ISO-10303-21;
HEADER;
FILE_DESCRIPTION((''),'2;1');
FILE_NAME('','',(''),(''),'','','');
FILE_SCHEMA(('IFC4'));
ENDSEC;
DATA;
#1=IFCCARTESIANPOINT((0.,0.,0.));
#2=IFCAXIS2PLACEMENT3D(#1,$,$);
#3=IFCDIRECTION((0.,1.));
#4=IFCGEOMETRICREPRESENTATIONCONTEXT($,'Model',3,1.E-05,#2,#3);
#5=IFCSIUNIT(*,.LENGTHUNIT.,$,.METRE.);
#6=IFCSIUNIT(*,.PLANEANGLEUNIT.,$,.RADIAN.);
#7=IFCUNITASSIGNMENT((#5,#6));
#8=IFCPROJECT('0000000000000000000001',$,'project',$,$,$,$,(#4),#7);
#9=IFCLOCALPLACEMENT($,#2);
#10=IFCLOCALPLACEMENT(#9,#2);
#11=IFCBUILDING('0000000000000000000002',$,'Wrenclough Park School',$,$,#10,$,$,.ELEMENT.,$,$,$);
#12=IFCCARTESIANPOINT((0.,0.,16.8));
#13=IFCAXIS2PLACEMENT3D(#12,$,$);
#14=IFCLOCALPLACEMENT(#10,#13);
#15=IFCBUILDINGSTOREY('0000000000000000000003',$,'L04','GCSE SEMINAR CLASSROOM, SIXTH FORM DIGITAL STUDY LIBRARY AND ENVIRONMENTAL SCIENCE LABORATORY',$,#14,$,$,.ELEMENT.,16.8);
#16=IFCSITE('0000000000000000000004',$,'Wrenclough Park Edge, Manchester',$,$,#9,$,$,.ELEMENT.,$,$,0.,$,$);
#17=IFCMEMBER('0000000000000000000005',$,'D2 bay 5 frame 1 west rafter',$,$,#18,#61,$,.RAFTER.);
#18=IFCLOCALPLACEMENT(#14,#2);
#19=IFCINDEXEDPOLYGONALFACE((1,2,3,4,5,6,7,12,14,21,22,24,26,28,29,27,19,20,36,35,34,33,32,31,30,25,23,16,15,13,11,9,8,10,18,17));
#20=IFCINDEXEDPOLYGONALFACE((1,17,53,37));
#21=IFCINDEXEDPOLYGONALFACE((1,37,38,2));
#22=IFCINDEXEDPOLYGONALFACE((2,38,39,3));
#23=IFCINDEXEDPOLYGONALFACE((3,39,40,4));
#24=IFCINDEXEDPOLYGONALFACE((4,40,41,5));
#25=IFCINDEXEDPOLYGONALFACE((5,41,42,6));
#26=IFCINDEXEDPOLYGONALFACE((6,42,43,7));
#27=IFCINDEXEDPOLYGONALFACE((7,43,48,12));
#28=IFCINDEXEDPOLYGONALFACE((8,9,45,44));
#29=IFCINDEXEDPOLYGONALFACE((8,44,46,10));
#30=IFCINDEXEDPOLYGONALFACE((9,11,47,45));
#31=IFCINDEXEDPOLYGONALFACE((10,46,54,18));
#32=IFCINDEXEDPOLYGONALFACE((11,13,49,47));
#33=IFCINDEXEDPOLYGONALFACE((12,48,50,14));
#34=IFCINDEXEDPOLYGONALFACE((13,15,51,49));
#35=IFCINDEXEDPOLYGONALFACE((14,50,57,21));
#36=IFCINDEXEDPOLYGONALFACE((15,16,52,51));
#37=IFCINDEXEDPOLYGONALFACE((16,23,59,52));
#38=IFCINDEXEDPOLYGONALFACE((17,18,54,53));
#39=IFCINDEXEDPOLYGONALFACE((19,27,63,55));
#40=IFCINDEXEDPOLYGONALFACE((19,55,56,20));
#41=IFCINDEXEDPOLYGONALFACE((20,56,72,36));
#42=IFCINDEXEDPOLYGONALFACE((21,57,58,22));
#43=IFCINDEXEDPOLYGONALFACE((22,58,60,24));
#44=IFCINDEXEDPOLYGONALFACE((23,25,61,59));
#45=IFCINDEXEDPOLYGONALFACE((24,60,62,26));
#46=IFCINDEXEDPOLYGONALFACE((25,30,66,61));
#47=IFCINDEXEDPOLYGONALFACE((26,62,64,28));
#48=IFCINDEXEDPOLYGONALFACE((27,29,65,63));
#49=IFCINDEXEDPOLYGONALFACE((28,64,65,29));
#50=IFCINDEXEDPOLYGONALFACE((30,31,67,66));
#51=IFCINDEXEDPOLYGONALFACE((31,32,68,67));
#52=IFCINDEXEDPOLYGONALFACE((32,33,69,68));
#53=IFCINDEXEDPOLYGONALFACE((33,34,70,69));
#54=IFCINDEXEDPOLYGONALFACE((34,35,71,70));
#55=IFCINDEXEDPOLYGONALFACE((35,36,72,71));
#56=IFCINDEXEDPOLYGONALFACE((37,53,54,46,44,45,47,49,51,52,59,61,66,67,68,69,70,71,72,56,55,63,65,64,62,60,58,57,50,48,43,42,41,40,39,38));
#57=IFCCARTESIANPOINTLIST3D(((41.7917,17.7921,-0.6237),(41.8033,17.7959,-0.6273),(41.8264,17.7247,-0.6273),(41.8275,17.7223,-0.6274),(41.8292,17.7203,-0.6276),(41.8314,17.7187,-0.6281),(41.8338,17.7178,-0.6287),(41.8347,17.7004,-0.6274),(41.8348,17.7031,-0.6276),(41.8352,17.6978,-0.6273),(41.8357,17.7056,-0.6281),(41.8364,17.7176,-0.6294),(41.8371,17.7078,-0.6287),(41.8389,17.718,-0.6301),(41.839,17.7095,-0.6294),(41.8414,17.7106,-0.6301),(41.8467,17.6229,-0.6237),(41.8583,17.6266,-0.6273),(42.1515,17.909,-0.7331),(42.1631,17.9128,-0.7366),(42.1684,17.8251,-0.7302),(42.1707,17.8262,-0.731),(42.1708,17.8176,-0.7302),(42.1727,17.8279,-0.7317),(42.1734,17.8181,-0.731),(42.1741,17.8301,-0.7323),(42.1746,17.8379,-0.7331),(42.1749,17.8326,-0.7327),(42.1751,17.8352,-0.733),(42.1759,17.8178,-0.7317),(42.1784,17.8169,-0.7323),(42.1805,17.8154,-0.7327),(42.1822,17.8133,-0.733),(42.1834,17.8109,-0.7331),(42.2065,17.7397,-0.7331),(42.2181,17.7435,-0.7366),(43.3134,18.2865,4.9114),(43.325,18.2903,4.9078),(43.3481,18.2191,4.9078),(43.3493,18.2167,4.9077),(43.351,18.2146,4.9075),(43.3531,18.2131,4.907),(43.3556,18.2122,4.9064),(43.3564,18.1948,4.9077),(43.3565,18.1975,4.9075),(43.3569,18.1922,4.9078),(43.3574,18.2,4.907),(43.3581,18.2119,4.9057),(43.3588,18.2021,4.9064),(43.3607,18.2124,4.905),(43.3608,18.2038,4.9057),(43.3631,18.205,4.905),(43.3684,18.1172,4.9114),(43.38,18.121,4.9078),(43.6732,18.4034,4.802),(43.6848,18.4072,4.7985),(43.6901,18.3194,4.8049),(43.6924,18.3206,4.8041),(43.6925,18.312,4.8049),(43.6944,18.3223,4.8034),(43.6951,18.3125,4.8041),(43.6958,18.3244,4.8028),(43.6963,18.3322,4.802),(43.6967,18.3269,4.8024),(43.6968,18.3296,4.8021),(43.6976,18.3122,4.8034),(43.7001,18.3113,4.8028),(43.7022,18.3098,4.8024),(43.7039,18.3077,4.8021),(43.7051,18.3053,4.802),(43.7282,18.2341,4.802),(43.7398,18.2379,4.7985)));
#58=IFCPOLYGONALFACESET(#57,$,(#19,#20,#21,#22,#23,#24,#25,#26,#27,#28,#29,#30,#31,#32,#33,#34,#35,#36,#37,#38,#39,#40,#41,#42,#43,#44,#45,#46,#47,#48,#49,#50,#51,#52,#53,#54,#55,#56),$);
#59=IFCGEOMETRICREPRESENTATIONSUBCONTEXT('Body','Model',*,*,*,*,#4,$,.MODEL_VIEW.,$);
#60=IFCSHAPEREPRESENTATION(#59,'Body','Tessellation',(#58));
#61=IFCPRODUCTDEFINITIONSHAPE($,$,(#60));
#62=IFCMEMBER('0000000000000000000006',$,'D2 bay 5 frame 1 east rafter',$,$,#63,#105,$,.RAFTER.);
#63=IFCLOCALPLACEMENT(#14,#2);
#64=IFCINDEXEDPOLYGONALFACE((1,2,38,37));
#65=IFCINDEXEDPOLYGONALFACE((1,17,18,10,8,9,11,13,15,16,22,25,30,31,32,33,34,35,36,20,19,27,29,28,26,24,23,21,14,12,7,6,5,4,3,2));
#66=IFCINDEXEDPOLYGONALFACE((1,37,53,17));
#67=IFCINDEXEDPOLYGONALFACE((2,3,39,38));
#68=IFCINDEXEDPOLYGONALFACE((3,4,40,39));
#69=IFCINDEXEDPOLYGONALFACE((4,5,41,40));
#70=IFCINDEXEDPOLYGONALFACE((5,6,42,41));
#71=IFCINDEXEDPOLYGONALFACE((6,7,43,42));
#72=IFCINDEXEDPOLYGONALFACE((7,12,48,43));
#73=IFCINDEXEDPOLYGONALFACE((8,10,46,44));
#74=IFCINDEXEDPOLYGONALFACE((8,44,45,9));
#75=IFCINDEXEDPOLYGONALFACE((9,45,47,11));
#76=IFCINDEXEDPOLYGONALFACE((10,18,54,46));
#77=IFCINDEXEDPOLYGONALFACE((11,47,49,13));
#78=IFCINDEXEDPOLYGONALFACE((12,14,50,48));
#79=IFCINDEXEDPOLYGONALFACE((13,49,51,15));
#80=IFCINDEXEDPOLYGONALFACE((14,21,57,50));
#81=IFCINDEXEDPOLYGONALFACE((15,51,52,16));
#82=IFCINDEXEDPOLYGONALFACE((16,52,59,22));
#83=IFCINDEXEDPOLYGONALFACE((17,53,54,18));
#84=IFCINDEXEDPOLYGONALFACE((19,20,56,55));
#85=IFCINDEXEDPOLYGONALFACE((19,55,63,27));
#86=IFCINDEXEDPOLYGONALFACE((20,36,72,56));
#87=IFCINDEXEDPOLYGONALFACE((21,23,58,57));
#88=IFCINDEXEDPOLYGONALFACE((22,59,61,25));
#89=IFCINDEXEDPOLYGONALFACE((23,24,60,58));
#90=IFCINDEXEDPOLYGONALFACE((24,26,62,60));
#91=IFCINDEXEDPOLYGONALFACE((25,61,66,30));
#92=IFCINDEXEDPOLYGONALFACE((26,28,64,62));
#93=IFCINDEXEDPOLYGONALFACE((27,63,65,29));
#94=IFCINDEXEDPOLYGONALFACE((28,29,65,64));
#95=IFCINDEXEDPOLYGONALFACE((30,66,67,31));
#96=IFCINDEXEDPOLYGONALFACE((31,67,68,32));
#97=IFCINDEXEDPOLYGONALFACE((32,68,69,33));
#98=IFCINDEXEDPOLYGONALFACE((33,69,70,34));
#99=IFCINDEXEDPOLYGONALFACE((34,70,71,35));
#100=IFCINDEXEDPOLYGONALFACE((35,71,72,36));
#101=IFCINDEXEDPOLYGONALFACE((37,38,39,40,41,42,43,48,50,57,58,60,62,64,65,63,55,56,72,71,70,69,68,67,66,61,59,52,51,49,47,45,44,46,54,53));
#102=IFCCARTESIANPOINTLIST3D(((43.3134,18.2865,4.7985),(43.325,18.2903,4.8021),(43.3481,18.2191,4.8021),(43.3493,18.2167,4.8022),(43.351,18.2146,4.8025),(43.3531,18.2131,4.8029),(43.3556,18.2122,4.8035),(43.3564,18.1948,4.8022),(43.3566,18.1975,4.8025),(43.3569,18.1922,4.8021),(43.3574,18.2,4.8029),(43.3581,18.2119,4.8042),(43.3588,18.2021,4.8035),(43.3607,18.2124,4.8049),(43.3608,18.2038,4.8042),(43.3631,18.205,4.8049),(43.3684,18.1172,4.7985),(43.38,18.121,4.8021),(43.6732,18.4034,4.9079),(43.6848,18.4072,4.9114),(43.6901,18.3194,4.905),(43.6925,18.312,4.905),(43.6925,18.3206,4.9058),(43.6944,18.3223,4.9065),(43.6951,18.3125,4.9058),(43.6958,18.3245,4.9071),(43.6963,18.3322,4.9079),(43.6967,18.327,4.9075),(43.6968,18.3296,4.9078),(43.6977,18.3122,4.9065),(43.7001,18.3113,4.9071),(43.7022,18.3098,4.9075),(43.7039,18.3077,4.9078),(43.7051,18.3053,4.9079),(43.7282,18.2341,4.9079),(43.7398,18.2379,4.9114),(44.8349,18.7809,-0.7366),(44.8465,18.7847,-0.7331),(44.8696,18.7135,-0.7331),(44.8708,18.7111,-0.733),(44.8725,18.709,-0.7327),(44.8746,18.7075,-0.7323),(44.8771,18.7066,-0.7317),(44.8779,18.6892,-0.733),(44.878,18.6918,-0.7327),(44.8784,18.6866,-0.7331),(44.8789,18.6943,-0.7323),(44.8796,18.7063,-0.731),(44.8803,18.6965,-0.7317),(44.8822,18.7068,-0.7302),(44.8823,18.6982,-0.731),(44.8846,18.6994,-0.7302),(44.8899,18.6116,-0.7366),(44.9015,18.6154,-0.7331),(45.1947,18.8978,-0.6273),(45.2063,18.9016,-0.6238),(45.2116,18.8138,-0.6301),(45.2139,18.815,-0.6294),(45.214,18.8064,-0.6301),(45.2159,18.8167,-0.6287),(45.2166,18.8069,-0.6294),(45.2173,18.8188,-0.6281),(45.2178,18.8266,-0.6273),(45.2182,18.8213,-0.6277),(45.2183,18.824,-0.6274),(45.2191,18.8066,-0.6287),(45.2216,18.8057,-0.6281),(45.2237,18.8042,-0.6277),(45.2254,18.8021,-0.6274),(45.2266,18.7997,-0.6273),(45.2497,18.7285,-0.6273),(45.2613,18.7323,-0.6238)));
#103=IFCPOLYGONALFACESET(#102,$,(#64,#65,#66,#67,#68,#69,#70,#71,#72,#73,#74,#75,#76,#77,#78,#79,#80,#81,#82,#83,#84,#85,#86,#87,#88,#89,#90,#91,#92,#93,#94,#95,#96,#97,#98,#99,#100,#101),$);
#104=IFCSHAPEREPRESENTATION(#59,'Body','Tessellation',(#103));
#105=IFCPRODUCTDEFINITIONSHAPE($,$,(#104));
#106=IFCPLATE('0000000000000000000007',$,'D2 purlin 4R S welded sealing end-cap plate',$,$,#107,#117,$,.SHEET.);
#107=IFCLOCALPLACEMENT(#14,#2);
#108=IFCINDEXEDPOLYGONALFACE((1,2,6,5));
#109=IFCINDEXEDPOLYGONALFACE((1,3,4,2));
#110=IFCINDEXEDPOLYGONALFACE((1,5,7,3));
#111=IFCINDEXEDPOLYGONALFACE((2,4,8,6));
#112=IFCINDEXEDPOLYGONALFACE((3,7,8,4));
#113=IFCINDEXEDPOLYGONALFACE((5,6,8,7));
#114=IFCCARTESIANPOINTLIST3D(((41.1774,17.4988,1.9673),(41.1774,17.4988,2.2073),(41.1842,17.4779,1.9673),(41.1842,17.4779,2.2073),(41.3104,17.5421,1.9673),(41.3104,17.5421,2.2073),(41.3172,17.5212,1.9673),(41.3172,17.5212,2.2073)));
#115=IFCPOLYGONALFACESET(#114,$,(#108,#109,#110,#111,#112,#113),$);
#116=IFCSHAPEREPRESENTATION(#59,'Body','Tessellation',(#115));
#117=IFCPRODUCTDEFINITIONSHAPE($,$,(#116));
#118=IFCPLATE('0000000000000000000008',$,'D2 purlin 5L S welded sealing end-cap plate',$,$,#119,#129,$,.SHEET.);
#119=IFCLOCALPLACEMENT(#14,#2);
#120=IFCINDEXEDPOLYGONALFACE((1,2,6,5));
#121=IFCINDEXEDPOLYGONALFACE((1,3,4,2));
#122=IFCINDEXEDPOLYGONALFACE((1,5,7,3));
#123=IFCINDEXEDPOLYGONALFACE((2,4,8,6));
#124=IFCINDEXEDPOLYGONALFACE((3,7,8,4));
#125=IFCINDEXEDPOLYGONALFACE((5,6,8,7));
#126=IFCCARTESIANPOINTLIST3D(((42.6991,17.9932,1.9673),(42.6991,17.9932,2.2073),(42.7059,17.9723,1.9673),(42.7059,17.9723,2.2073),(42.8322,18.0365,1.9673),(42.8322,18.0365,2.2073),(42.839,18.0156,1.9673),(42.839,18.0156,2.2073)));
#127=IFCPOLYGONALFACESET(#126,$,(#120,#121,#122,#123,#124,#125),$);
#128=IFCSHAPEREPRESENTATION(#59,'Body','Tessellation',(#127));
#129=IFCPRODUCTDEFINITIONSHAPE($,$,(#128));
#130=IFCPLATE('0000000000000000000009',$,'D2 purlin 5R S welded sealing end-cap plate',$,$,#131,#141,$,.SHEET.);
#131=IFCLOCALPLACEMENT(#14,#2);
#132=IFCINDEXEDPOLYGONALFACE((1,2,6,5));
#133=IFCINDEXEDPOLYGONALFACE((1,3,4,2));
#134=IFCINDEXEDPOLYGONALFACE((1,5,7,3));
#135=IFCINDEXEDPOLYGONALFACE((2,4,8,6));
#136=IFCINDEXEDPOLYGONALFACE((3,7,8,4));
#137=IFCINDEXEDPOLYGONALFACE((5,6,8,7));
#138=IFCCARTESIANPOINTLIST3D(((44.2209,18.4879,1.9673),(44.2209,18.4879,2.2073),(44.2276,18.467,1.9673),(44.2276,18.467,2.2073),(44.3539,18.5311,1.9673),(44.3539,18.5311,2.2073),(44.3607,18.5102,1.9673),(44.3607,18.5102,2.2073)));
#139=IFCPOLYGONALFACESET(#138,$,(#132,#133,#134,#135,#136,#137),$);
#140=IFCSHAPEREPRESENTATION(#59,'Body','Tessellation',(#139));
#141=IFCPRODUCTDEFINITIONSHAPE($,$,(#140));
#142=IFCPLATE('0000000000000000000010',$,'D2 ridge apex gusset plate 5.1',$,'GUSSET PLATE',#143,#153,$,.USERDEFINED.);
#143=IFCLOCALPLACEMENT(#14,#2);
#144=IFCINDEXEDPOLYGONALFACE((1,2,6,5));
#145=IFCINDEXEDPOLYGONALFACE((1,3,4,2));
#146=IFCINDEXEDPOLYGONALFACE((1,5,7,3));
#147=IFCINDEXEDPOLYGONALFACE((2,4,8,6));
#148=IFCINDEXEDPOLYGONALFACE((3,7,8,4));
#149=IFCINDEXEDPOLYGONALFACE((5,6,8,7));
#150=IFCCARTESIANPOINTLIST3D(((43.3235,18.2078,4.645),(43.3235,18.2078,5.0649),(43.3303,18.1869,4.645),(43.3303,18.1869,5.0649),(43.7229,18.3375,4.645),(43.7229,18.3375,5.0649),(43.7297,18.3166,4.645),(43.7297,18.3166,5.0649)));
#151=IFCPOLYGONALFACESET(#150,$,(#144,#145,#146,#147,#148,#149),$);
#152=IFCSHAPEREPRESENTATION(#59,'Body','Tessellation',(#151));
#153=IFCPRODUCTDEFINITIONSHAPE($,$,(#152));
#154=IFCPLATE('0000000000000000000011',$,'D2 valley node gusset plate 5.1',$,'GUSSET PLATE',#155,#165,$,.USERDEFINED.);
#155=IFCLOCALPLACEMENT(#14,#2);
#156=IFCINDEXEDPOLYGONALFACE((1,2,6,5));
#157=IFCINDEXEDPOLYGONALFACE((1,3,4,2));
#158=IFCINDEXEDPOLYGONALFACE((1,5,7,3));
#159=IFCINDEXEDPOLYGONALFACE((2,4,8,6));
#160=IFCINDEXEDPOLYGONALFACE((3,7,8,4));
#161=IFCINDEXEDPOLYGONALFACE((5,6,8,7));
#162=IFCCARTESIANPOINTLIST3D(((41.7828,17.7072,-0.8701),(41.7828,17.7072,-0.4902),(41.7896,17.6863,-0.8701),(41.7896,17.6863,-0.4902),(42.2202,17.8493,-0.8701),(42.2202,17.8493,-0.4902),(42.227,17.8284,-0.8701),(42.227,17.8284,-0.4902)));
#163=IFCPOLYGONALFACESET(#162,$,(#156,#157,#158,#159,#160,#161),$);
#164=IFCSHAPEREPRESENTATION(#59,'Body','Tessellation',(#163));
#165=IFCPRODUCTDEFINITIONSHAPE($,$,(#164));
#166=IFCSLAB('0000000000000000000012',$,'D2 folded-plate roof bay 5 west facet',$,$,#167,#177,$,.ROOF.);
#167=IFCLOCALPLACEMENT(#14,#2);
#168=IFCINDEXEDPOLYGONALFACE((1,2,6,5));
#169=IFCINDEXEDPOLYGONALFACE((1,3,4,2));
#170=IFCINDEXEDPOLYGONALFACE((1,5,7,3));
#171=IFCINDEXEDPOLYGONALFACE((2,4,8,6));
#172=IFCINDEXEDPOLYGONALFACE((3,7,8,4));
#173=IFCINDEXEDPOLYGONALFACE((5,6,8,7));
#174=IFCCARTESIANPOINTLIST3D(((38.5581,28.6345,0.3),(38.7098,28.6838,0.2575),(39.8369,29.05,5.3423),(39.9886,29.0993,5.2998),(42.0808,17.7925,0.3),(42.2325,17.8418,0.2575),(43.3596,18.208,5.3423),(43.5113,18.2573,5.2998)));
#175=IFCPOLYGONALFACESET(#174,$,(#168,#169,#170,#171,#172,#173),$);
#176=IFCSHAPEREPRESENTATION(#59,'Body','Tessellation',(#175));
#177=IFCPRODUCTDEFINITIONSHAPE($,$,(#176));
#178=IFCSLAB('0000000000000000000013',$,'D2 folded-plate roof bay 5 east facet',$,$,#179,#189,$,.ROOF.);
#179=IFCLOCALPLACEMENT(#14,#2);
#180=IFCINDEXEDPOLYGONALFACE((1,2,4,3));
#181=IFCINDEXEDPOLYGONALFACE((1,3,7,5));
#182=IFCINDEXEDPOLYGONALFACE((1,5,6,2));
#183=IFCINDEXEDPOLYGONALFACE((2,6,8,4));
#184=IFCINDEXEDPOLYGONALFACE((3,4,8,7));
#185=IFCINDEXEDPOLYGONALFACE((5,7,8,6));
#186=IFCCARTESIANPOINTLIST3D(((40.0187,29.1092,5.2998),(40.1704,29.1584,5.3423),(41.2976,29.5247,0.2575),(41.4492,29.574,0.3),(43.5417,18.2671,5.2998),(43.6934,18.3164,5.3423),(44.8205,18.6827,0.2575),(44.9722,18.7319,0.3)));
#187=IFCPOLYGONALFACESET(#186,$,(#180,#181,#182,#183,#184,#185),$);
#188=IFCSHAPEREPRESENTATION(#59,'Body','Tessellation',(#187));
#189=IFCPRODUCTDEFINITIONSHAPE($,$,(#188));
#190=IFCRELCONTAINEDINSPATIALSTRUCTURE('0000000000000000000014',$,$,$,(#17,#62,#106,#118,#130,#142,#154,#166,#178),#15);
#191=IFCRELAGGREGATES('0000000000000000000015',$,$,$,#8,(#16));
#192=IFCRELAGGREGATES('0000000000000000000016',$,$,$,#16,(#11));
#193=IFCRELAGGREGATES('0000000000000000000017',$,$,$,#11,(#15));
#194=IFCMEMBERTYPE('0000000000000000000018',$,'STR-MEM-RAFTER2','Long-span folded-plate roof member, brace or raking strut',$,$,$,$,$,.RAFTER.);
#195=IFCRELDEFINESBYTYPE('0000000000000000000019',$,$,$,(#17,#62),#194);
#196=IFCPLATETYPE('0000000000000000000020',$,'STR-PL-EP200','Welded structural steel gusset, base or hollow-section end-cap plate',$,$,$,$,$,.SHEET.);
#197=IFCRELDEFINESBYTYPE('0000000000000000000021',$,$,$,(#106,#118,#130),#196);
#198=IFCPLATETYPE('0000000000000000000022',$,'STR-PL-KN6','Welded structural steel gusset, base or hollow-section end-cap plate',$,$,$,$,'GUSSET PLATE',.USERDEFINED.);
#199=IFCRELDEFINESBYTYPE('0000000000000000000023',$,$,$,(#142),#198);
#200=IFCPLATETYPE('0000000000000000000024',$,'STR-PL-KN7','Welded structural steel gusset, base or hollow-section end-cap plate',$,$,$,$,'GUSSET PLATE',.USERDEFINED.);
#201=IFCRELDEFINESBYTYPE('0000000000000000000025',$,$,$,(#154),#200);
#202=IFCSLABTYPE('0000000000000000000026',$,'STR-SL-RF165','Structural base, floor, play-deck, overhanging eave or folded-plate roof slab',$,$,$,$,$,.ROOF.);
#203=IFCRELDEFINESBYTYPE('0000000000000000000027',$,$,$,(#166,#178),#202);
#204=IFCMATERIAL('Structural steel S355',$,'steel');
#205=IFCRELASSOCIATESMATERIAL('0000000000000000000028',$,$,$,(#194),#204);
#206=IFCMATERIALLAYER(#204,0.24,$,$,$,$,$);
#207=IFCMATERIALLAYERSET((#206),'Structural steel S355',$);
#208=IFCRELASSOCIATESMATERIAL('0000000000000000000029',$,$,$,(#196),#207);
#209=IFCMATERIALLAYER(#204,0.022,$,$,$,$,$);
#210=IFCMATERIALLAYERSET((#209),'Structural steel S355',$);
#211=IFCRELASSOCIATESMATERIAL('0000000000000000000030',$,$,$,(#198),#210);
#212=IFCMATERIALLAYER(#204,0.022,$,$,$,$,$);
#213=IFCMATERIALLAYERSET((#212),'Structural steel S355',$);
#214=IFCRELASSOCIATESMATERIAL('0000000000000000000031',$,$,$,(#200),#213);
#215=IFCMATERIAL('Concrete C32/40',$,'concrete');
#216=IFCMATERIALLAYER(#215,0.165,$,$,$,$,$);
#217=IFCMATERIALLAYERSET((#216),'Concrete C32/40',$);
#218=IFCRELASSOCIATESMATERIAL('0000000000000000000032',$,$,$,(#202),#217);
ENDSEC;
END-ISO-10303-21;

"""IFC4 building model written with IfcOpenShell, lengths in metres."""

from ifc_helpers import new_model, si_unit, direction, frame, origin, origin_2d, place, context, subcontext, project, spatial, polyline, rectangle, i_section, outline, extrude, material, layer, layer_set, material_profile, profile_set, type_object, element, save


model = new_model("IFC4")

# Units and contexts
model_context = context("Model", 3, precision=1e-05, world=origin(), true_north=direction((0.0, 1.0)))
body_context = subcontext(model_context, "Body", "Model", "MODEL_VIEW")
ifc_project = project(units=[si_unit("LENGTHUNIT", "METRE"), si_unit("PLANEANGLEUNIT", "RADIAN")], contexts=[model_context])

# Site, building, storey
site_placement = place(None, origin())
site = spatial("IfcSite", under=ifc_project, at=site_placement, Name="Wrenclough Park Edge, Manchester", CompositionType="ELEMENT", RefElevation=0.0)
building_placement = place(site_placement, origin())
building = spatial("IfcBuilding", under=site, at=building_placement, Name="Wrenclough Park School", CompositionType="ELEMENT")
storey_placement = place(building_placement, frame((0.0, 0.0, 16.8)))
storey = spatial("IfcBuildingStorey", under=building, at=storey_placement, Name="L04", Description="GCSE SEMINAR CLASSROOM, SIXTH FORM DIGITAL STUDY LIBRARY AND ENVIRONMENTAL SCIENCE LABORATORY", CompositionType="ELEMENT", Elevation=16.8)

# Shared definitions
ifc_material_1 = material(Name="Structural steel S355", Category="steel")

# Members
ifc_material_profile_1 = material_profile(ifc_material_1, i_section(OverallWidth=0.178, OverallDepth=0.4065, WebThickness=0.0078, FlangeThickness=0.0127, FilletRadius=0.0103, at=origin_2d()), Name="UKB 406x178x60")
ifc_profile_set_1 = profile_set([ifc_material_profile_1], Name="Structural steel S355")
member_type_1 = type_object("IfcMemberType", Name="STR-MEM-RAFTER2", Description="Long-span folded-plate roof member, brace or raking strut", PredefinedType="RAFTER", material=ifc_profile_set_1)
for number, where, z_axis, x_axis, name in (
    (1, (42.0049, 17.7678, -0.6802), (0.264108, 0.085804, 0.960669), (-0.308986, 0.951067, 0.0), "D2 bay 5 frame 1 west rafter"),
    (2, (43.5266, 18.2622, 4.855), (0.264068, 0.085805, -0.96068), (-0.309031, 0.951052, 0.0), "D2 bay 5 frame 1 east rafter"),
):
    element("IfcMember", number, at=place(storey_placement, frame(where, z_axis=z_axis, x_axis=x_axis)), inside=storey, type_object=member_type_1, Name=name, PredefinedType="RAFTER", context=body_context, shape_type="SweptSolid", body=[
        extrude(i_section(OverallWidth=0.178, OverallDepth=0.4065, WebThickness=0.0078, FlangeThickness=0.0127, FilletRadius=0.0103, at=origin_2d()), origin(), (0.0, 0.0, 1.0), 5.7617),
    ])

# Plates
ifc_layer_1 = layer(ifc_material_1, 0.24)
ifc_layer_set_1 = layer_set([ifc_layer_1], Name="Structural steel S355")
plate_type_1 = type_object("IfcPlateType", Name="STR-PL-EP200", Description="Welded structural steel gusset, base or hollow-section end-cap plate", PredefinedType="SHEET", material=ifc_layer_set_1)
for number, where, z_axis, x_axis, name in (
    (3, (41.2473, 17.51, 1.9673), (0.0, 0.0, 1.0), (-0.309017, 0.951057, 0.0), "D2 purlin 4R S welded sealing end-cap plate"),
    (4, (42.769, 18.0044, 1.9673), (0.0, 0.0, 1.0), (-0.309017, 0.951057, 0.0), "D2 purlin 5L S welded sealing end-cap plate"),
    (5, (44.2908, 18.499, 1.9673), (0.0, 0.0, 1.0), (-0.309017, 0.951057, 0.0), "D2 purlin 5R S welded sealing end-cap plate"),
):
    element("IfcPlate", number, at=place(storey_placement, frame(where, z_axis=z_axis, x_axis=x_axis)), inside=storey, type_object=plate_type_1, Name=name, PredefinedType="SHEET", context=body_context, shape_type="SweptSolid", body=[
        extrude(rectangle(XDim=0.022, YDim=0.1399, at=origin_2d()), origin(), (0.0, 0.0, 1.0), 0.24),
    ])
ifc_layer_2 = layer(ifc_material_1, 0.022)
ifc_layer_set_2 = layer_set([ifc_layer_2], Name="Structural steel S355")
plate_type_2 = type_object("IfcPlateType", Name="STR-PL-KN6", Description="Welded structural steel gusset, base or hollow-section end-cap plate", ElementType="GUSSET PLATE", PredefinedType="USERDEFINED", material=ifc_layer_set_2)
plate_1_placement = place(storey_placement, frame((43.5266, 18.2622, 4.645), z_axis=(0.0, 0.0, 1.0), x_axis=(0.951057, 0.309017, 0.0)))
element("IfcPlate", 6, at=plate_1_placement, inside=storey, type_object=plate_type_2, Name="D2 ridge apex gusset plate 5.1", ObjectType="GUSSET PLATE", PredefinedType="USERDEFINED", context=body_context, shape_type="SweptSolid", body=[
    extrude(rectangle(XDim=0.4199, YDim=0.022, at=origin_2d()), origin(), (0.0, 0.0, 1.0), 0.4199),
])
ifc_layer_3 = layer(ifc_material_1, 0.022)
ifc_layer_set_3 = layer_set([ifc_layer_3], Name="Structural steel S355")
plate_type_3 = type_object("IfcPlateType", Name="STR-PL-KN7", Description="Welded structural steel gusset, base or hollow-section end-cap plate", ElementType="GUSSET PLATE", PredefinedType="USERDEFINED", material=ifc_layer_set_3)
plate_2_placement = place(storey_placement, frame((42.0049, 17.7678, -0.8701), z_axis=(0.0, 0.0, 1.0), x_axis=(0.951057, 0.309017, 0.0)))
element("IfcPlate", 7, at=plate_2_placement, inside=storey, type_object=plate_type_3, Name="D2 valley node gusset plate 5.1", ObjectType="GUSSET PLATE", PredefinedType="USERDEFINED", context=body_context, shape_type="SweptSolid", body=[
    extrude(rectangle(XDim=0.46, YDim=0.022, at=origin_2d()), origin(), (0.0, 0.0, 1.0), 0.3799),
])

# Slabs
ifc_material_2 = material(Name="Concrete C32/40", Category="concrete")
ifc_layer_4 = layer(ifc_material_2, 0.165)
ifc_layer_set_4 = layer_set([ifc_layer_4], Name="Concrete C32/40")
slab_type = type_object("IfcSlabType", Name="STR-SL-RF165", Description="Structural base, floor, play-deck, overhanging eave or folded-plate roof slab", PredefinedType="ROOF", material=ifc_layer_set_4)
slab_1_placement = place(storey_placement, frame((42.0808, 17.7925, 0.3), z_axis=(-0.918945, -0.298576, 0.257668), x_axis=(0.245056, 0.079627, 0.966234)))
element("IfcSlab", 8, at=slab_1_placement, inside=storey, type_object=slab_type, Name="D2 folded-plate roof bay 5 west facet", PredefinedType="ROOF", context=body_context, shape_type="SweptSolid", body=[
    extrude(outline(polyline([(0.0, 0.0), (5.2184, 0.0), (5.2185, 11.4), (0.0001, 11.4), (0.0, 0.0)])), origin(), (0.0, 0.0, -1.0), 0.165),
])
slab_2_placement = place(storey_placement, frame((43.6934, 18.3164, 5.3423), z_axis=(0.918939, 0.298595, 0.257668), x_axis=(0.245056, 0.079627, -0.966234)))
element("IfcSlab", 9, at=slab_2_placement, inside=storey, type_object=slab_type, Name="D2 folded-plate roof bay 5 east facet", PredefinedType="ROOF", context=body_context, shape_type="SweptSolid", body=[
    extrude(outline(polyline([(0.0, 0.0), (5.2184, 0.0), (5.2184, 11.4), (0.0, 11.4), (0.0, 0.0)])), origin(), (0.0, 0.0, -1.0), 0.165),
])

save(model, "model.ifc")
